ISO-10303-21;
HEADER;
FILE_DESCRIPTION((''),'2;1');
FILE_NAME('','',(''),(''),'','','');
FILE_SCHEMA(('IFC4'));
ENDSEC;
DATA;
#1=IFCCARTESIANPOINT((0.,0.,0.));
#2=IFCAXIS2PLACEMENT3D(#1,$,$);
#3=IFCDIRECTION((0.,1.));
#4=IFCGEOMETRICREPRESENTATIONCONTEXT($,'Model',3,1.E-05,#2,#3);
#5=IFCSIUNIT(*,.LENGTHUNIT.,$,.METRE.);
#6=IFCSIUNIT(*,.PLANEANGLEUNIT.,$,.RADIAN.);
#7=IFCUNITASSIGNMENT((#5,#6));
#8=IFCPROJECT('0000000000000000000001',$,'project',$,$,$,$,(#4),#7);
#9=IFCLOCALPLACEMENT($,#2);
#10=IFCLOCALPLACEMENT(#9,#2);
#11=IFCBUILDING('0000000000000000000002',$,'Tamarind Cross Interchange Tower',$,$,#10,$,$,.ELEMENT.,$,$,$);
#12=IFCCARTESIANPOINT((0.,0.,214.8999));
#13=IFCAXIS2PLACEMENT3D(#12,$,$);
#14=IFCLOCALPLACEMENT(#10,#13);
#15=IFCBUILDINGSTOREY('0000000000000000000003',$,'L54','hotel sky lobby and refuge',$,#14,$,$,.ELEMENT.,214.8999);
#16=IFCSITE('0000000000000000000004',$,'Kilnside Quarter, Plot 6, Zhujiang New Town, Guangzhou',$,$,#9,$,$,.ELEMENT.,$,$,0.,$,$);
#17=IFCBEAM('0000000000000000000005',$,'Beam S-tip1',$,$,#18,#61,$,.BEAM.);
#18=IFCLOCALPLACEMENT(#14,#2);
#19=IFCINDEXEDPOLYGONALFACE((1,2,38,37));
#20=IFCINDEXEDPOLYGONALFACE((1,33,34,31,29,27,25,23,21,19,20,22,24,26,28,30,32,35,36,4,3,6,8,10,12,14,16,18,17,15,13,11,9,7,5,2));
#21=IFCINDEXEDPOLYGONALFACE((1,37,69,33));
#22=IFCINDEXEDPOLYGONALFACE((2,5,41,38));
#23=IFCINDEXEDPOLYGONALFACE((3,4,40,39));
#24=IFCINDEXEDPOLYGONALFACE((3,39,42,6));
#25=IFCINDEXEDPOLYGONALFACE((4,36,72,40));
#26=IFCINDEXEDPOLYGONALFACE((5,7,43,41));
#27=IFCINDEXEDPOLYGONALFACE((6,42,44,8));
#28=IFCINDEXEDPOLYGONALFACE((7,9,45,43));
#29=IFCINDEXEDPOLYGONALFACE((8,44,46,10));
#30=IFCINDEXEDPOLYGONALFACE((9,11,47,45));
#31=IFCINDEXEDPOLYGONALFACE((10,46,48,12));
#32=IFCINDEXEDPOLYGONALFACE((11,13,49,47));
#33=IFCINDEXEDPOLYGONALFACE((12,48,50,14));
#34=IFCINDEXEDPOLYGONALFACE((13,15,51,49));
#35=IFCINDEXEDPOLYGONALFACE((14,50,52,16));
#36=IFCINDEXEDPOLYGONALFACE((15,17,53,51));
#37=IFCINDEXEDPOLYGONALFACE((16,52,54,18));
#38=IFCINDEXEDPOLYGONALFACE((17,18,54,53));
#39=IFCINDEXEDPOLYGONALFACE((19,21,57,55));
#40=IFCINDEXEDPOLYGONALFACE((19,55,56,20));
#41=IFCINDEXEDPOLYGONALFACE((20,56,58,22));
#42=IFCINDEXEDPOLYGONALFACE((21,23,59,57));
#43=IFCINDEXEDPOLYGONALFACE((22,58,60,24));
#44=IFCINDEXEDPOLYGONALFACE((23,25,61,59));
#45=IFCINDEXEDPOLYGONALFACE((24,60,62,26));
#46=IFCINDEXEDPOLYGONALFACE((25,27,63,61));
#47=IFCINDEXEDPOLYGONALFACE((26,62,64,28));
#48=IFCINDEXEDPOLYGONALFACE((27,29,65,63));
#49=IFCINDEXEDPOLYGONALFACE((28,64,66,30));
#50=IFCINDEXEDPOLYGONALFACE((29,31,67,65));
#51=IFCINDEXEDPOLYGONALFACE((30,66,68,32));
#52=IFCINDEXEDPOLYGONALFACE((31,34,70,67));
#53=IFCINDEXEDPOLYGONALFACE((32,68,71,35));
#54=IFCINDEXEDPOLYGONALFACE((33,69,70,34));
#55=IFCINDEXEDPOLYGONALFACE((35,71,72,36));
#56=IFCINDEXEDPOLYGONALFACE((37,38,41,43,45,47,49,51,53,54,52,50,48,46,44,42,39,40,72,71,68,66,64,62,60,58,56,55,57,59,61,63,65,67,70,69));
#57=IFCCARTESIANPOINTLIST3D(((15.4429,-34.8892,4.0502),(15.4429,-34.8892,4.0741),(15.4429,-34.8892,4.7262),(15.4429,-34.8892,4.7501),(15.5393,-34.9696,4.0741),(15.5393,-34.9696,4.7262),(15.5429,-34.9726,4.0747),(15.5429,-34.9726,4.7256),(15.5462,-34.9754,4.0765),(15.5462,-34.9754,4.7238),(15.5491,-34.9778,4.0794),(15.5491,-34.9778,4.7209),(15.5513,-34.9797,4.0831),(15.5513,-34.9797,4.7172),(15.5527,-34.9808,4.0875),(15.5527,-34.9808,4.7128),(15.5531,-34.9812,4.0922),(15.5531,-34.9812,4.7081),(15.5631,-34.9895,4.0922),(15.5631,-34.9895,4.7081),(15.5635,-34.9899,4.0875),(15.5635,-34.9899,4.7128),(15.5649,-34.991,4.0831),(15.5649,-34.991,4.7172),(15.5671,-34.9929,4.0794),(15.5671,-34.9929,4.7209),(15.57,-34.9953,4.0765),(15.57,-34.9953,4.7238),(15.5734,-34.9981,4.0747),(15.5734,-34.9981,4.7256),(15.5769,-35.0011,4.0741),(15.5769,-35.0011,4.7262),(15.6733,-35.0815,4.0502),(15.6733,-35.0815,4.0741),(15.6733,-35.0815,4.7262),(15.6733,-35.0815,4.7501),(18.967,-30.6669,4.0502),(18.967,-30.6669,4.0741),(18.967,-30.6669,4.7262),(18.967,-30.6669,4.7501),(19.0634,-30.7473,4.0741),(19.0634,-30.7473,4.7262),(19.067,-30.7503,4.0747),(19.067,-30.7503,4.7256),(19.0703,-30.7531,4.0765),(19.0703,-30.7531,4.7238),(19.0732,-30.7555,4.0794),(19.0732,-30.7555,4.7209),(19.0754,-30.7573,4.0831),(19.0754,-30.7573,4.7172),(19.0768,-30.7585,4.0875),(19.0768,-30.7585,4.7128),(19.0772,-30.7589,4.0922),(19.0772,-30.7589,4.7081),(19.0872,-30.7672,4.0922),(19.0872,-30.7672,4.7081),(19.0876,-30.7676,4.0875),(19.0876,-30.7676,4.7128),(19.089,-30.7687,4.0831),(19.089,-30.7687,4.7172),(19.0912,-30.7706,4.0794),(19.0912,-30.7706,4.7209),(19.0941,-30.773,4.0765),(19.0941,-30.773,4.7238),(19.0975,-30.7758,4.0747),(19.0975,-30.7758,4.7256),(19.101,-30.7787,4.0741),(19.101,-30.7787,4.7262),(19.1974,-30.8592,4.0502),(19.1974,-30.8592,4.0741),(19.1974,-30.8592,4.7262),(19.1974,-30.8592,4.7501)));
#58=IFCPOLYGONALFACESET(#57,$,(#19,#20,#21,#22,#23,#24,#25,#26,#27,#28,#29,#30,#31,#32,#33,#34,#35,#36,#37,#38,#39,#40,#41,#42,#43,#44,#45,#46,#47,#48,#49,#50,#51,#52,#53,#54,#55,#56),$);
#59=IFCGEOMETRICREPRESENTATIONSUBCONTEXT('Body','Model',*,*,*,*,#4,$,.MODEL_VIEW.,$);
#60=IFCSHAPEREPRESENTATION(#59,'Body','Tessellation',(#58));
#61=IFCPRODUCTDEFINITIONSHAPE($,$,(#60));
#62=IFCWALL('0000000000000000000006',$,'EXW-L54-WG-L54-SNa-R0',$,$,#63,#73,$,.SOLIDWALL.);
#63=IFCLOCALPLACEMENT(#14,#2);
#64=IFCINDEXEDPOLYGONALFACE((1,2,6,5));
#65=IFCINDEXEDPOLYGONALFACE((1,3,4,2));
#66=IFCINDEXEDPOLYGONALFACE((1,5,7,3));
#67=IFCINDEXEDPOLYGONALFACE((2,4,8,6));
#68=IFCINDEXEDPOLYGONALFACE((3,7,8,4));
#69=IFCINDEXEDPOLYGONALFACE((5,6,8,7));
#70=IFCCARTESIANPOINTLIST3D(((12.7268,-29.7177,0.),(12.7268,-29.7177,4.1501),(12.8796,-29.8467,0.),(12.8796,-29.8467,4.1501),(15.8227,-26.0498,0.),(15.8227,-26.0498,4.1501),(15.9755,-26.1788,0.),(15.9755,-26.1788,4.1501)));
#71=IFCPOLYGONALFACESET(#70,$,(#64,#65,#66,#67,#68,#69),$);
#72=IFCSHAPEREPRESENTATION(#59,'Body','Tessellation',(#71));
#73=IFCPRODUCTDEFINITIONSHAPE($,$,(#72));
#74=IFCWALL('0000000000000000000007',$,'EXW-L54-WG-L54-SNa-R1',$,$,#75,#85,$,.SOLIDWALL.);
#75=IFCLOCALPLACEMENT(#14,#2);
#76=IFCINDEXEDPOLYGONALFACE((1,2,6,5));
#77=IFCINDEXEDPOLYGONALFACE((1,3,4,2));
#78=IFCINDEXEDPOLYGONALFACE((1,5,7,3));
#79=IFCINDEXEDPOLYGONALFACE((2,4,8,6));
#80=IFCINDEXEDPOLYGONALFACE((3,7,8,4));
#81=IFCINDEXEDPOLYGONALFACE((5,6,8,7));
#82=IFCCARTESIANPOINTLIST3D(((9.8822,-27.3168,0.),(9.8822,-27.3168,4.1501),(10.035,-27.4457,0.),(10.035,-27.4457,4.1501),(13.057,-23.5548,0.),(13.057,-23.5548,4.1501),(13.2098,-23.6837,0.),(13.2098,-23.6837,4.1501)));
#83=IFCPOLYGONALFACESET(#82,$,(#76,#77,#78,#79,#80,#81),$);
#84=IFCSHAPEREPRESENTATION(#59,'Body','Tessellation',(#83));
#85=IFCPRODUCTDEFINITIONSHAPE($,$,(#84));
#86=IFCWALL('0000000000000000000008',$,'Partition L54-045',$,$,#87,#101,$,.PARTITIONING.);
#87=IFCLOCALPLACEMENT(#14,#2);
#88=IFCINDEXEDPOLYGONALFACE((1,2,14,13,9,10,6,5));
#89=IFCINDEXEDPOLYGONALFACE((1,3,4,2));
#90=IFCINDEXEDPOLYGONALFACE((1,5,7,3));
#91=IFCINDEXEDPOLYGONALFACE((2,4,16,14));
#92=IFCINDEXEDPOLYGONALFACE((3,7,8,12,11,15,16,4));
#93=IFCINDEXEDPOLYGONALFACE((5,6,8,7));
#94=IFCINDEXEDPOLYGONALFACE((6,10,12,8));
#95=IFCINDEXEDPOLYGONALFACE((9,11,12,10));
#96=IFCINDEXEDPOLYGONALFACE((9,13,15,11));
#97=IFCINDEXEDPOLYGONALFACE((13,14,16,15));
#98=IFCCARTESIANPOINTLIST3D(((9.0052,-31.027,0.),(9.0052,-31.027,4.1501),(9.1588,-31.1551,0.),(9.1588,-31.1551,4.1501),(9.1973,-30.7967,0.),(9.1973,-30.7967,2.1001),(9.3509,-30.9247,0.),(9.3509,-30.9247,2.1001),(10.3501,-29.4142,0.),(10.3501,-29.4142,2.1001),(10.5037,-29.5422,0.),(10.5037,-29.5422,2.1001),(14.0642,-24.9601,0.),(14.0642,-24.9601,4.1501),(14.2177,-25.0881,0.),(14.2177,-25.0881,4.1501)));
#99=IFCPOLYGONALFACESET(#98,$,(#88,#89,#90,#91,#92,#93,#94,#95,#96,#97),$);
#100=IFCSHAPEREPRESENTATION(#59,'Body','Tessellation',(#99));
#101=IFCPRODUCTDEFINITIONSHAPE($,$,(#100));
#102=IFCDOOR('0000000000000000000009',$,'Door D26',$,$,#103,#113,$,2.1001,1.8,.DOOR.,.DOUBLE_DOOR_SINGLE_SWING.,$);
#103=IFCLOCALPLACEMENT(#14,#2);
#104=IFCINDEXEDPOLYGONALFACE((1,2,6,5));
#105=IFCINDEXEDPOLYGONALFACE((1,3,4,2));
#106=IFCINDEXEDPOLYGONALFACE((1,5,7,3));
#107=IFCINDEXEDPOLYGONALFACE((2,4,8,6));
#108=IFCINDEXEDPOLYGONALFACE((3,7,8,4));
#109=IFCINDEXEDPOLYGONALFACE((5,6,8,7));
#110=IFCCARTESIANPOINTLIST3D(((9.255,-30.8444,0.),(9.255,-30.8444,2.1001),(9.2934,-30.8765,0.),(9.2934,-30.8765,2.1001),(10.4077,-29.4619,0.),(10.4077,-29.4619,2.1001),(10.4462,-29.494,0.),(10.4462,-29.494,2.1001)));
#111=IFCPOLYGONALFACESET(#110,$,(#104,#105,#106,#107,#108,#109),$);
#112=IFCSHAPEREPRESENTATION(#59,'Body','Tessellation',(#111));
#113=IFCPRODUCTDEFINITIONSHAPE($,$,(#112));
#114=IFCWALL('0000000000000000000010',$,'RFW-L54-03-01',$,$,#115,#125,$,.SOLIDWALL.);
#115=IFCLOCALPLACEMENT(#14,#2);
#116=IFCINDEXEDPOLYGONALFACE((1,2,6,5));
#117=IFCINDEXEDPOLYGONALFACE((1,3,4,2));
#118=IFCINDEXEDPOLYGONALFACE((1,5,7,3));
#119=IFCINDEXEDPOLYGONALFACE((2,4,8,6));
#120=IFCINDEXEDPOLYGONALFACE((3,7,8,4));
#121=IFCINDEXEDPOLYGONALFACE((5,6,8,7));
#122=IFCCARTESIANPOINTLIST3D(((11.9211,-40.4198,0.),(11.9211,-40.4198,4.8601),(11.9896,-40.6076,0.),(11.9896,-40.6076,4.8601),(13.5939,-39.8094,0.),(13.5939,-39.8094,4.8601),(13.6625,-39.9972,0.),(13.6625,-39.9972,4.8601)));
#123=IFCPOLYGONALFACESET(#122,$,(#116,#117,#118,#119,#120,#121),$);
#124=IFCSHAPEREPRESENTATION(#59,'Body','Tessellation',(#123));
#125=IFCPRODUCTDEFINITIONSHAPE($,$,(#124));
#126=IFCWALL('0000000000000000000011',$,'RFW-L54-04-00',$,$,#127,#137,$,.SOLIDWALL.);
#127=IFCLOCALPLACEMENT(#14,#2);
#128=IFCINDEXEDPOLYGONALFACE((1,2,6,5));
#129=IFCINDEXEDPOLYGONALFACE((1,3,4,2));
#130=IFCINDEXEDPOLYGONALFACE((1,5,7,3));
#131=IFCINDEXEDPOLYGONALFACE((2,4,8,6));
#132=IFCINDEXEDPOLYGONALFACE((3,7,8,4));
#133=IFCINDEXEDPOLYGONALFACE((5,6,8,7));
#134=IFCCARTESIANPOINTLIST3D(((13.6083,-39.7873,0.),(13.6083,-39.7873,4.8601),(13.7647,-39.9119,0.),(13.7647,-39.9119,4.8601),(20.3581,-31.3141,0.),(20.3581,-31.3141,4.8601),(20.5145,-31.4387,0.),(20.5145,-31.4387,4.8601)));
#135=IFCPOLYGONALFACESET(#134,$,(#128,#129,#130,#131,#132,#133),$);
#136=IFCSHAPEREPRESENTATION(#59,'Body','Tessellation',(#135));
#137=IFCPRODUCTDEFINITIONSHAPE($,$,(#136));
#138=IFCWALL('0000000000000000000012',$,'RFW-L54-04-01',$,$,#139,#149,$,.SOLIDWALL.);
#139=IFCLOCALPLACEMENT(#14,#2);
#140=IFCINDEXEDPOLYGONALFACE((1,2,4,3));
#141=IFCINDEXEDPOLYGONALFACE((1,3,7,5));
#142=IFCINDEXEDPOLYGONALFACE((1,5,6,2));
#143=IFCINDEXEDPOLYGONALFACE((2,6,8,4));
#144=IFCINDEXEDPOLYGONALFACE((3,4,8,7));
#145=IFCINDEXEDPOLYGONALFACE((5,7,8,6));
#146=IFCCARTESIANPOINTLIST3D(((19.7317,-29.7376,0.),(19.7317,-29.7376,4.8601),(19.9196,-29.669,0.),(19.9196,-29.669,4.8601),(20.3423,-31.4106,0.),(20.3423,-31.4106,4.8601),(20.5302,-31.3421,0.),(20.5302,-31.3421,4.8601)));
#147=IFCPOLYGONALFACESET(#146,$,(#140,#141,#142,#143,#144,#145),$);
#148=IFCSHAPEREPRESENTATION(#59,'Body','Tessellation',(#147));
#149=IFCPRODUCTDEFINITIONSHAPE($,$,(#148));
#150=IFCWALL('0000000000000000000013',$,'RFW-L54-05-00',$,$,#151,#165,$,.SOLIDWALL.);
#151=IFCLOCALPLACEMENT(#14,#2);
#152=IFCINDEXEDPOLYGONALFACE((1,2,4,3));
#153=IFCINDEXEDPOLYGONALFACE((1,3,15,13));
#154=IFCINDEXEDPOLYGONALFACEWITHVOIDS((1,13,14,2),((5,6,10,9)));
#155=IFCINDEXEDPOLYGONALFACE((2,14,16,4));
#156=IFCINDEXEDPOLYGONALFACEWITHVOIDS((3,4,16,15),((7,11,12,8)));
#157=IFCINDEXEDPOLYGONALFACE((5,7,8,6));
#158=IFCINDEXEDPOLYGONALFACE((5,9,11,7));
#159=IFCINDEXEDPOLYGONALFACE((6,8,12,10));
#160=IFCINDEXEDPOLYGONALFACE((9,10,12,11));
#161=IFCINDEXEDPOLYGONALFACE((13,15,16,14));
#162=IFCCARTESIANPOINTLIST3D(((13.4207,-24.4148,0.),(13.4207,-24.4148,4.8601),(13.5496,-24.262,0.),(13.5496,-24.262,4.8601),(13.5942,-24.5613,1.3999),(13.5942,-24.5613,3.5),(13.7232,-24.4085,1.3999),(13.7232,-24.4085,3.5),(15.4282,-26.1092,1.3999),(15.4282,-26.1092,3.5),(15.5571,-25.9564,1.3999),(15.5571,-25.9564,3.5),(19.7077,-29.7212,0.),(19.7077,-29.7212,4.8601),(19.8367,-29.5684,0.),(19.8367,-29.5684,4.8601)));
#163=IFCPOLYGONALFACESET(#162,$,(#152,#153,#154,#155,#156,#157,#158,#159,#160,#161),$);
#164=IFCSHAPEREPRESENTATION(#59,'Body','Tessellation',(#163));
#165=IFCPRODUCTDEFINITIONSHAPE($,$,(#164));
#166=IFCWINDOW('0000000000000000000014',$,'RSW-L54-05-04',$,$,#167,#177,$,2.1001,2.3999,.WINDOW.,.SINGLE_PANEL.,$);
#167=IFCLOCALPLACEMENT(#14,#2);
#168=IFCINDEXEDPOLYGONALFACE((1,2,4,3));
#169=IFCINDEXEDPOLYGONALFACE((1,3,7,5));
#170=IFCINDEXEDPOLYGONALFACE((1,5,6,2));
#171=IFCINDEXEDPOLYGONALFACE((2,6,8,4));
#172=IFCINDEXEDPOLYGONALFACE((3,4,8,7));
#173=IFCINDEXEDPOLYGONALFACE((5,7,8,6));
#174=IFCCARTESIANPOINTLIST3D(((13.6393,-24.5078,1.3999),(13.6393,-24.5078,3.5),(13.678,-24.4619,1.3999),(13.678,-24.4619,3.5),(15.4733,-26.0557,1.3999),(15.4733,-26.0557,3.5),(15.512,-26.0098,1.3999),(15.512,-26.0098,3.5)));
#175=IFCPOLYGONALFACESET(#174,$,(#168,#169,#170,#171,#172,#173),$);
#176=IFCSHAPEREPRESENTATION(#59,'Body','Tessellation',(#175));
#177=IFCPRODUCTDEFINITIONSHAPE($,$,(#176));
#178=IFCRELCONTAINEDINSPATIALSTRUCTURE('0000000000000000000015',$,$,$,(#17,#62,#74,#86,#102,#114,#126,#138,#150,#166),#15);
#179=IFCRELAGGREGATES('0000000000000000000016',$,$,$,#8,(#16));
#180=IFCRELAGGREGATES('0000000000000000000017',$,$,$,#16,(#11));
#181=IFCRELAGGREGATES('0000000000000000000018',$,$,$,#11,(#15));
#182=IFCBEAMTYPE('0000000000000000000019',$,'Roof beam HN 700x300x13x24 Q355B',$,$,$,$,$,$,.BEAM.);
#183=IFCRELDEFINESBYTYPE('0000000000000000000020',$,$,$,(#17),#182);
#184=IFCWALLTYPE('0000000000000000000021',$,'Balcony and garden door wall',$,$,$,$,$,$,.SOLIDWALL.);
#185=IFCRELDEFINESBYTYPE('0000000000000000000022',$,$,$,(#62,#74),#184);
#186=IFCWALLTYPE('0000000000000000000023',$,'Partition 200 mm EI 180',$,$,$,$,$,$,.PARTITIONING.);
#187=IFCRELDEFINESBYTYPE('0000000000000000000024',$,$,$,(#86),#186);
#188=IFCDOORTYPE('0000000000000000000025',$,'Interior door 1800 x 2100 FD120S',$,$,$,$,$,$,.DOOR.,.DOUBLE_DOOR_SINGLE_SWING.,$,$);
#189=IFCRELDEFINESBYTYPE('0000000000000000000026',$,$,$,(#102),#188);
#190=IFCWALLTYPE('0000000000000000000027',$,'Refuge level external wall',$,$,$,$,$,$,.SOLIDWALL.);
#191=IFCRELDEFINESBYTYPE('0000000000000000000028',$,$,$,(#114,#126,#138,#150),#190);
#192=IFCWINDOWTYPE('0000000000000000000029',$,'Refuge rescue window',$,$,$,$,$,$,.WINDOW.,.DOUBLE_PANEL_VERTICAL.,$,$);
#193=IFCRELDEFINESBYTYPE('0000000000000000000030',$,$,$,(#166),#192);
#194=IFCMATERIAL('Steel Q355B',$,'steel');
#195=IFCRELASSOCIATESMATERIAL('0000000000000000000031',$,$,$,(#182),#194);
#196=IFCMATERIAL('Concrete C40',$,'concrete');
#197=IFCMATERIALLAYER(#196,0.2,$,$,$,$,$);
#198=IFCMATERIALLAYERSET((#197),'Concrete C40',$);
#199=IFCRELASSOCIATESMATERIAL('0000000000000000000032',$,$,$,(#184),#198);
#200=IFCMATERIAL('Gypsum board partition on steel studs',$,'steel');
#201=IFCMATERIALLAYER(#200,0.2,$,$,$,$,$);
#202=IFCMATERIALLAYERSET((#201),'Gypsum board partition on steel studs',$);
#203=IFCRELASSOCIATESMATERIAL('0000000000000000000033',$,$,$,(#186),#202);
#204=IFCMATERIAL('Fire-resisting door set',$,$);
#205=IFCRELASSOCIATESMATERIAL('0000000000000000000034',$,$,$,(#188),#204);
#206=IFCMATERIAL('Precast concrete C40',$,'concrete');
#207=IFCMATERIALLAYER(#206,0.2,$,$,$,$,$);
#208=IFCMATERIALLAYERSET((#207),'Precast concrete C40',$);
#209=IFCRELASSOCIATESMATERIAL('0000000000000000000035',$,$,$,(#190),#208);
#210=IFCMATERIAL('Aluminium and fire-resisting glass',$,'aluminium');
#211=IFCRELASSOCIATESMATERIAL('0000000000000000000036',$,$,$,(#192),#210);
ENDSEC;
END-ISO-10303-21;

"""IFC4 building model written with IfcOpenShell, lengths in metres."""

from ifc_helpers import new_model, si_unit, direction, frame, frame_2d, origin, origin_2d, place, context, subcontext, project, spatial, rectangle, i_section, extrude, material, layer, layer_set, material_profile, profile_set, type_object, element, fill, save


model = new_model("IFC4")

# Units and contexts
model_context = context("Model", 3, precision=1e-05, world=origin(), true_north=direction((0.0, 1.0)))
body_context = subcontext(model_context, "Body", "Model", "MODEL_VIEW")
ifc_project = project(units=[si_unit("LENGTHUNIT", "METRE"), si_unit("PLANEANGLEUNIT", "RADIAN")], contexts=[model_context])

# Site, building, storey
site_placement = place(None, origin())
site = spatial("IfcSite", under=ifc_project, at=site_placement, Name="Kilnside Quarter, Plot 6, Zhujiang New Town, Guangzhou", CompositionType="ELEMENT", RefElevation=0.0)
building_placement = place(site_placement, origin())
building = spatial("IfcBuilding", under=site, at=building_placement, Name="Tamarind Cross Interchange Tower", CompositionType="ELEMENT")
storey_placement = place(building_placement, frame((0.0, 0.0, 214.8999)))
storey = spatial("IfcBuildingStorey", under=building, at=storey_placement, Name="L54", Description="hotel sky lobby and refuge", CompositionType="ELEMENT", Elevation=214.8999)

# Beam
ifc_material_1 = material(Name="Steel Q355B", Category="steel")
ifc_material_profile_1 = material_profile(ifc_material_1, i_section(OverallWidth=0.3, OverallDepth=0.7, WebThickness=0.0129, FlangeThickness=0.0239, FilletRadius=0.0181, at=origin_2d()), Name="HN 700x300x13x24")
ifc_profile_set_1 = profile_set([ifc_material_profile_1], Name="Steel Q355B")
beam_type_1 = type_object("IfcBeamType", Name="Roof beam HN 700x300x13x24 Q355B", PredefinedType="BEAM", material=ifc_profile_set_1)
beam_1_placement = place(storey_placement, frame((15.5581, -34.9854, 4.4001), z_axis=(0.640774, 0.76773, 0.0), x_axis=(-0.76773, 0.640774, 0.0)))
element("IfcBeam", 1, at=beam_1_placement, inside=storey, type_object=beam_type_1, Name="Beam S-tip1", PredefinedType="BEAM", context=body_context, shape_type="SweptSolid", body=[
    extrude(i_section(OverallWidth=0.3, OverallDepth=0.7, WebThickness=0.0129, FlangeThickness=0.0239, FilletRadius=0.0181, at=origin_2d()), origin(), (0.0, 0.0, 1.0), 5.4998),
])

# Shared definitions
ifc_material_2 = material(Name="Concrete C40", Category="concrete")
ifc_layer_1 = layer(ifc_material_2, 0.2)
ifc_layer_set_1 = layer_set([ifc_layer_1], Name="Concrete C40")
wall_type_1 = type_object("IfcWallType", Name="Balcony and garden door wall", PredefinedType="SOLIDWALL", material=ifc_layer_set_1)

# Walls
wall_1_placement = place(storey_placement, frame((12.8032, -29.7822, 0.0), z_axis=(0.0, 0.0, 1.0), x_axis=(0.645005, 0.764179, 0.0)))
element("IfcWall", 2, at=wall_1_placement, inside=storey, type_object=wall_type_1, Name="EXW-L54-WG-L54-SNa-R0", PredefinedType="SOLIDWALL", context=body_context, shape_type="SweptSolid", body=[
    extrude(rectangle(XDim=4.7998, YDim=0.2, at=frame_2d((2.3999, 0.0))), origin(), (0.0, 0.0, 1.0), 4.1501),
])
wall_2_placement = place(storey_placement, frame((9.9585, -27.3813, 0.0), z_axis=(0.0, 0.0, 1.0), x_axis=(0.644948, 0.764227, 0.0)))
element("IfcWall", 3, at=wall_2_placement, inside=storey, type_object=wall_type_1, Name="EXW-L54-WG-L54-SNa-R1", PredefinedType="SOLIDWALL", context=body_context, shape_type="SweptSolid", body=[
    extrude(rectangle(XDim=4.9226, YDim=0.2, at=frame_2d((2.4614, 0.0))), origin(), (0.0, 0.0, 1.0), 4.1501),
])

# Wall, opening, door
ifc_material_3 = material(Name="Gypsum board partition on steel studs", Category="steel")
ifc_layer_2 = layer(ifc_material_3, 0.2)
ifc_layer_set_2 = layer_set([ifc_layer_2], Name="Gypsum board partition on steel studs")
wall_type_2 = type_object("IfcWallType", Name="Partition 200 mm EI 180", PredefinedType="PARTITIONING", material=ifc_layer_set_2)
wall_3_placement = place(storey_placement, frame((9.082, -31.0911, 0.0), z_axis=(0.0, 0.0, 1.0), x_axis=(0.640415, 0.768029, 0.0)))
wall_3 = element("IfcWall", 4, at=wall_3_placement, inside=storey, type_object=wall_type_2, Name="Partition L54-045", PredefinedType="PARTITIONING", context=body_context, shape_type="SweptSolid", body=[
    extrude(rectangle(XDim=7.8994, YDim=0.2, at=frame_2d((3.9497, 0.0))), origin(), (0.0, 0.0, 1.0), 4.1501),
])
opening_1_placement = place(wall_3_placement, frame((0.3, 0.0, 0.0)))
opening_1 = element("IfcOpeningElement", 5, at=opening_1_placement, cuts=wall_3, PredefinedType="OPENING", context=body_context, shape_type="SweptSolid", body=[
    extrude(rectangle(XDim=1.8, YDim=2.1001, at=frame_2d((0.8999, 1.05))), frame((0.0, 0.1099, 0.0), z_axis=(0.0, -1.0, 0.0), x_axis=(1.0, 0.0, 0.0)), (0.0, 0.0, 1.0), 0.22),
])
ifc_material_4 = material(Name="Fire-resisting door set")
door_type_1 = type_object("IfcDoorType", Name="Interior door 1800 x 2100 FD120S", OperationType="DOUBLE_DOOR_SINGLE_SWING", PredefinedType="DOOR", material=ifc_material_4)
door_1_placement = place(opening_1_placement, frame((1.8, 0.0, 0.0), z_axis=(0.0, 0.0, 1.0), x_axis=(-1.0, 0.0, 0.0)))
door_1 = element("IfcDoor", 6, at=door_1_placement, inside=storey, type_object=door_type_1, Name="Door D26", OperationType="DOUBLE_DOOR_SINGLE_SWING", OverallHeight=2.1001, OverallWidth=1.8, PredefinedType="DOOR", context=body_context, shape_type="SweptSolid", body=[
    extrude(rectangle(XDim=1.8, YDim=2.1001, at=frame_2d((0.8999, 1.05))), frame((0.0, 0.0249, 0.0), z_axis=(0.0, -1.0, 0.0), x_axis=(1.0, 0.0, 0.0)), (0.0, 0.0, 1.0), 0.05),
])
fill(opening_1, door_1)

# Walls
ifc_material_5 = material(Name="Precast concrete C40", Category="concrete")
ifc_layer_3 = layer(ifc_material_5, 0.2)
ifc_layer_set_3 = layer_set([ifc_layer_3], Name="Precast concrete C40")
wall_type_3 = type_object("IfcWallType", Name="Refuge level external wall", PredefinedType="SOLIDWALL", material=ifc_layer_set_3)
wall_4_placement = place(storey_placement, frame((11.9553, -40.5137, 0.0), z_axis=(0.0, 0.0, 1.0), x_axis=(0.939425, 0.342756, 0.0)))
element("IfcWall", 7, at=wall_4_placement, inside=storey, type_object=wall_type_3, Name="RFW-L54-03-01", PredefinedType="SOLIDWALL", context=body_context, shape_type="SweptSolid", body=[
    extrude(rectangle(XDim=1.7808, YDim=0.2, at=frame_2d((0.8904, 0.0))), origin(), (0.0, 0.0, 1.0), 4.8601),
])
wall_5_placement = place(storey_placement, frame((13.6865, -39.8496, 0.0), z_axis=(0.0, 0.0, 1.0), x_axis=(0.623075, 0.782162, 0.0)))
element("IfcWall", 8, at=wall_5_placement, inside=storey, type_object=wall_type_3, Name="RFW-L54-04-00", PredefinedType="SOLIDWALL", context=body_context, shape_type="SweptSolid", body=[
    extrude(rectangle(XDim=10.833, YDim=0.2, at=frame_2d((5.4165, 0.0))), origin(), (0.0, 0.0, 1.0), 4.8601),
])
wall_6_placement = place(storey_placement, frame((20.4363, -31.3765, 0.0), z_axis=(0.0, 0.0, 1.0), x_axis=(-0.342832, 0.939397, 0.0)))
element("IfcWall", 9, at=wall_6_placement, inside=storey, type_object=wall_type_3, Name="RFW-L54-04-01", PredefinedType="SOLIDWALL", context=body_context, shape_type="SweptSolid", body=[
    extrude(rectangle(XDim=1.781, YDim=0.2, at=frame_2d((0.8906, 0.0))), origin(), (0.0, 0.0, 1.0), 4.8601),
])

# Wall, opening, window
wall_7_placement = place(storey_placement, frame((19.7722, -29.6448, 0.0), z_axis=(0.0, 0.0, 1.0), x_axis=(-0.764193, 0.644988, 0.0)))
wall_7 = element("IfcWall", 10, at=wall_7_placement, inside=storey, type_object=wall_type_3, Name="RFW-L54-05-00", PredefinedType="SOLIDWALL", context=body_context, shape_type="SweptSolid", body=[
    extrude(rectangle(XDim=8.2271, YDim=0.2, at=frame_2d((4.1135, 0.0))), origin(), (0.0, 0.0, 1.0), 4.8601),
])
opening_2_placement = place(wall_7_placement, frame((5.6001, 0.0, 1.3999)))
opening_2 = element("IfcOpeningElement", 11, at=opening_2_placement, cuts=wall_7, PredefinedType="OPENING", context=body_context, shape_type="SweptSolid", body=[
    extrude(rectangle(XDim=2.3999, YDim=2.1001, at=frame_2d((1.2, 1.05))), frame((0.0, 0.1099, 0.0), z_axis=(0.0, -1.0, 0.0), x_axis=(1.0, 0.0, 0.0)), (0.0, 0.0, 1.0), 0.22),
])
ifc_material_6 = material(Name="Aluminium and fire-resisting glass", Category="aluminium")
window_type = type_object("IfcWindowType", Name="Refuge rescue window", PartitioningType="DOUBLE_PANEL_VERTICAL", PredefinedType="WINDOW", material=ifc_material_6)
window_placement = place(opening_2_placement, origin())
window = element("IfcWindow", 12, at=window_placement, inside=storey, type_object=window_type, Name="RSW-L54-05-04", OverallHeight=2.1001, OverallWidth=2.3999, PartitioningType="SINGLE_PANEL", PredefinedType="WINDOW", context=body_context, shape_type="SweptSolid", body=[
    extrude(rectangle(XDim=2.3999, YDim=2.1001, at=frame_2d((1.2, 1.05))), frame((0.0, 0.03, 0.0), z_axis=(0.0, -1.0, 0.0), x_axis=(1.0, 0.0, 0.0)), (0.0, 0.0, 1.0), 0.0601),
])
fill(opening_2, window)

save(model, "model.ifc")
